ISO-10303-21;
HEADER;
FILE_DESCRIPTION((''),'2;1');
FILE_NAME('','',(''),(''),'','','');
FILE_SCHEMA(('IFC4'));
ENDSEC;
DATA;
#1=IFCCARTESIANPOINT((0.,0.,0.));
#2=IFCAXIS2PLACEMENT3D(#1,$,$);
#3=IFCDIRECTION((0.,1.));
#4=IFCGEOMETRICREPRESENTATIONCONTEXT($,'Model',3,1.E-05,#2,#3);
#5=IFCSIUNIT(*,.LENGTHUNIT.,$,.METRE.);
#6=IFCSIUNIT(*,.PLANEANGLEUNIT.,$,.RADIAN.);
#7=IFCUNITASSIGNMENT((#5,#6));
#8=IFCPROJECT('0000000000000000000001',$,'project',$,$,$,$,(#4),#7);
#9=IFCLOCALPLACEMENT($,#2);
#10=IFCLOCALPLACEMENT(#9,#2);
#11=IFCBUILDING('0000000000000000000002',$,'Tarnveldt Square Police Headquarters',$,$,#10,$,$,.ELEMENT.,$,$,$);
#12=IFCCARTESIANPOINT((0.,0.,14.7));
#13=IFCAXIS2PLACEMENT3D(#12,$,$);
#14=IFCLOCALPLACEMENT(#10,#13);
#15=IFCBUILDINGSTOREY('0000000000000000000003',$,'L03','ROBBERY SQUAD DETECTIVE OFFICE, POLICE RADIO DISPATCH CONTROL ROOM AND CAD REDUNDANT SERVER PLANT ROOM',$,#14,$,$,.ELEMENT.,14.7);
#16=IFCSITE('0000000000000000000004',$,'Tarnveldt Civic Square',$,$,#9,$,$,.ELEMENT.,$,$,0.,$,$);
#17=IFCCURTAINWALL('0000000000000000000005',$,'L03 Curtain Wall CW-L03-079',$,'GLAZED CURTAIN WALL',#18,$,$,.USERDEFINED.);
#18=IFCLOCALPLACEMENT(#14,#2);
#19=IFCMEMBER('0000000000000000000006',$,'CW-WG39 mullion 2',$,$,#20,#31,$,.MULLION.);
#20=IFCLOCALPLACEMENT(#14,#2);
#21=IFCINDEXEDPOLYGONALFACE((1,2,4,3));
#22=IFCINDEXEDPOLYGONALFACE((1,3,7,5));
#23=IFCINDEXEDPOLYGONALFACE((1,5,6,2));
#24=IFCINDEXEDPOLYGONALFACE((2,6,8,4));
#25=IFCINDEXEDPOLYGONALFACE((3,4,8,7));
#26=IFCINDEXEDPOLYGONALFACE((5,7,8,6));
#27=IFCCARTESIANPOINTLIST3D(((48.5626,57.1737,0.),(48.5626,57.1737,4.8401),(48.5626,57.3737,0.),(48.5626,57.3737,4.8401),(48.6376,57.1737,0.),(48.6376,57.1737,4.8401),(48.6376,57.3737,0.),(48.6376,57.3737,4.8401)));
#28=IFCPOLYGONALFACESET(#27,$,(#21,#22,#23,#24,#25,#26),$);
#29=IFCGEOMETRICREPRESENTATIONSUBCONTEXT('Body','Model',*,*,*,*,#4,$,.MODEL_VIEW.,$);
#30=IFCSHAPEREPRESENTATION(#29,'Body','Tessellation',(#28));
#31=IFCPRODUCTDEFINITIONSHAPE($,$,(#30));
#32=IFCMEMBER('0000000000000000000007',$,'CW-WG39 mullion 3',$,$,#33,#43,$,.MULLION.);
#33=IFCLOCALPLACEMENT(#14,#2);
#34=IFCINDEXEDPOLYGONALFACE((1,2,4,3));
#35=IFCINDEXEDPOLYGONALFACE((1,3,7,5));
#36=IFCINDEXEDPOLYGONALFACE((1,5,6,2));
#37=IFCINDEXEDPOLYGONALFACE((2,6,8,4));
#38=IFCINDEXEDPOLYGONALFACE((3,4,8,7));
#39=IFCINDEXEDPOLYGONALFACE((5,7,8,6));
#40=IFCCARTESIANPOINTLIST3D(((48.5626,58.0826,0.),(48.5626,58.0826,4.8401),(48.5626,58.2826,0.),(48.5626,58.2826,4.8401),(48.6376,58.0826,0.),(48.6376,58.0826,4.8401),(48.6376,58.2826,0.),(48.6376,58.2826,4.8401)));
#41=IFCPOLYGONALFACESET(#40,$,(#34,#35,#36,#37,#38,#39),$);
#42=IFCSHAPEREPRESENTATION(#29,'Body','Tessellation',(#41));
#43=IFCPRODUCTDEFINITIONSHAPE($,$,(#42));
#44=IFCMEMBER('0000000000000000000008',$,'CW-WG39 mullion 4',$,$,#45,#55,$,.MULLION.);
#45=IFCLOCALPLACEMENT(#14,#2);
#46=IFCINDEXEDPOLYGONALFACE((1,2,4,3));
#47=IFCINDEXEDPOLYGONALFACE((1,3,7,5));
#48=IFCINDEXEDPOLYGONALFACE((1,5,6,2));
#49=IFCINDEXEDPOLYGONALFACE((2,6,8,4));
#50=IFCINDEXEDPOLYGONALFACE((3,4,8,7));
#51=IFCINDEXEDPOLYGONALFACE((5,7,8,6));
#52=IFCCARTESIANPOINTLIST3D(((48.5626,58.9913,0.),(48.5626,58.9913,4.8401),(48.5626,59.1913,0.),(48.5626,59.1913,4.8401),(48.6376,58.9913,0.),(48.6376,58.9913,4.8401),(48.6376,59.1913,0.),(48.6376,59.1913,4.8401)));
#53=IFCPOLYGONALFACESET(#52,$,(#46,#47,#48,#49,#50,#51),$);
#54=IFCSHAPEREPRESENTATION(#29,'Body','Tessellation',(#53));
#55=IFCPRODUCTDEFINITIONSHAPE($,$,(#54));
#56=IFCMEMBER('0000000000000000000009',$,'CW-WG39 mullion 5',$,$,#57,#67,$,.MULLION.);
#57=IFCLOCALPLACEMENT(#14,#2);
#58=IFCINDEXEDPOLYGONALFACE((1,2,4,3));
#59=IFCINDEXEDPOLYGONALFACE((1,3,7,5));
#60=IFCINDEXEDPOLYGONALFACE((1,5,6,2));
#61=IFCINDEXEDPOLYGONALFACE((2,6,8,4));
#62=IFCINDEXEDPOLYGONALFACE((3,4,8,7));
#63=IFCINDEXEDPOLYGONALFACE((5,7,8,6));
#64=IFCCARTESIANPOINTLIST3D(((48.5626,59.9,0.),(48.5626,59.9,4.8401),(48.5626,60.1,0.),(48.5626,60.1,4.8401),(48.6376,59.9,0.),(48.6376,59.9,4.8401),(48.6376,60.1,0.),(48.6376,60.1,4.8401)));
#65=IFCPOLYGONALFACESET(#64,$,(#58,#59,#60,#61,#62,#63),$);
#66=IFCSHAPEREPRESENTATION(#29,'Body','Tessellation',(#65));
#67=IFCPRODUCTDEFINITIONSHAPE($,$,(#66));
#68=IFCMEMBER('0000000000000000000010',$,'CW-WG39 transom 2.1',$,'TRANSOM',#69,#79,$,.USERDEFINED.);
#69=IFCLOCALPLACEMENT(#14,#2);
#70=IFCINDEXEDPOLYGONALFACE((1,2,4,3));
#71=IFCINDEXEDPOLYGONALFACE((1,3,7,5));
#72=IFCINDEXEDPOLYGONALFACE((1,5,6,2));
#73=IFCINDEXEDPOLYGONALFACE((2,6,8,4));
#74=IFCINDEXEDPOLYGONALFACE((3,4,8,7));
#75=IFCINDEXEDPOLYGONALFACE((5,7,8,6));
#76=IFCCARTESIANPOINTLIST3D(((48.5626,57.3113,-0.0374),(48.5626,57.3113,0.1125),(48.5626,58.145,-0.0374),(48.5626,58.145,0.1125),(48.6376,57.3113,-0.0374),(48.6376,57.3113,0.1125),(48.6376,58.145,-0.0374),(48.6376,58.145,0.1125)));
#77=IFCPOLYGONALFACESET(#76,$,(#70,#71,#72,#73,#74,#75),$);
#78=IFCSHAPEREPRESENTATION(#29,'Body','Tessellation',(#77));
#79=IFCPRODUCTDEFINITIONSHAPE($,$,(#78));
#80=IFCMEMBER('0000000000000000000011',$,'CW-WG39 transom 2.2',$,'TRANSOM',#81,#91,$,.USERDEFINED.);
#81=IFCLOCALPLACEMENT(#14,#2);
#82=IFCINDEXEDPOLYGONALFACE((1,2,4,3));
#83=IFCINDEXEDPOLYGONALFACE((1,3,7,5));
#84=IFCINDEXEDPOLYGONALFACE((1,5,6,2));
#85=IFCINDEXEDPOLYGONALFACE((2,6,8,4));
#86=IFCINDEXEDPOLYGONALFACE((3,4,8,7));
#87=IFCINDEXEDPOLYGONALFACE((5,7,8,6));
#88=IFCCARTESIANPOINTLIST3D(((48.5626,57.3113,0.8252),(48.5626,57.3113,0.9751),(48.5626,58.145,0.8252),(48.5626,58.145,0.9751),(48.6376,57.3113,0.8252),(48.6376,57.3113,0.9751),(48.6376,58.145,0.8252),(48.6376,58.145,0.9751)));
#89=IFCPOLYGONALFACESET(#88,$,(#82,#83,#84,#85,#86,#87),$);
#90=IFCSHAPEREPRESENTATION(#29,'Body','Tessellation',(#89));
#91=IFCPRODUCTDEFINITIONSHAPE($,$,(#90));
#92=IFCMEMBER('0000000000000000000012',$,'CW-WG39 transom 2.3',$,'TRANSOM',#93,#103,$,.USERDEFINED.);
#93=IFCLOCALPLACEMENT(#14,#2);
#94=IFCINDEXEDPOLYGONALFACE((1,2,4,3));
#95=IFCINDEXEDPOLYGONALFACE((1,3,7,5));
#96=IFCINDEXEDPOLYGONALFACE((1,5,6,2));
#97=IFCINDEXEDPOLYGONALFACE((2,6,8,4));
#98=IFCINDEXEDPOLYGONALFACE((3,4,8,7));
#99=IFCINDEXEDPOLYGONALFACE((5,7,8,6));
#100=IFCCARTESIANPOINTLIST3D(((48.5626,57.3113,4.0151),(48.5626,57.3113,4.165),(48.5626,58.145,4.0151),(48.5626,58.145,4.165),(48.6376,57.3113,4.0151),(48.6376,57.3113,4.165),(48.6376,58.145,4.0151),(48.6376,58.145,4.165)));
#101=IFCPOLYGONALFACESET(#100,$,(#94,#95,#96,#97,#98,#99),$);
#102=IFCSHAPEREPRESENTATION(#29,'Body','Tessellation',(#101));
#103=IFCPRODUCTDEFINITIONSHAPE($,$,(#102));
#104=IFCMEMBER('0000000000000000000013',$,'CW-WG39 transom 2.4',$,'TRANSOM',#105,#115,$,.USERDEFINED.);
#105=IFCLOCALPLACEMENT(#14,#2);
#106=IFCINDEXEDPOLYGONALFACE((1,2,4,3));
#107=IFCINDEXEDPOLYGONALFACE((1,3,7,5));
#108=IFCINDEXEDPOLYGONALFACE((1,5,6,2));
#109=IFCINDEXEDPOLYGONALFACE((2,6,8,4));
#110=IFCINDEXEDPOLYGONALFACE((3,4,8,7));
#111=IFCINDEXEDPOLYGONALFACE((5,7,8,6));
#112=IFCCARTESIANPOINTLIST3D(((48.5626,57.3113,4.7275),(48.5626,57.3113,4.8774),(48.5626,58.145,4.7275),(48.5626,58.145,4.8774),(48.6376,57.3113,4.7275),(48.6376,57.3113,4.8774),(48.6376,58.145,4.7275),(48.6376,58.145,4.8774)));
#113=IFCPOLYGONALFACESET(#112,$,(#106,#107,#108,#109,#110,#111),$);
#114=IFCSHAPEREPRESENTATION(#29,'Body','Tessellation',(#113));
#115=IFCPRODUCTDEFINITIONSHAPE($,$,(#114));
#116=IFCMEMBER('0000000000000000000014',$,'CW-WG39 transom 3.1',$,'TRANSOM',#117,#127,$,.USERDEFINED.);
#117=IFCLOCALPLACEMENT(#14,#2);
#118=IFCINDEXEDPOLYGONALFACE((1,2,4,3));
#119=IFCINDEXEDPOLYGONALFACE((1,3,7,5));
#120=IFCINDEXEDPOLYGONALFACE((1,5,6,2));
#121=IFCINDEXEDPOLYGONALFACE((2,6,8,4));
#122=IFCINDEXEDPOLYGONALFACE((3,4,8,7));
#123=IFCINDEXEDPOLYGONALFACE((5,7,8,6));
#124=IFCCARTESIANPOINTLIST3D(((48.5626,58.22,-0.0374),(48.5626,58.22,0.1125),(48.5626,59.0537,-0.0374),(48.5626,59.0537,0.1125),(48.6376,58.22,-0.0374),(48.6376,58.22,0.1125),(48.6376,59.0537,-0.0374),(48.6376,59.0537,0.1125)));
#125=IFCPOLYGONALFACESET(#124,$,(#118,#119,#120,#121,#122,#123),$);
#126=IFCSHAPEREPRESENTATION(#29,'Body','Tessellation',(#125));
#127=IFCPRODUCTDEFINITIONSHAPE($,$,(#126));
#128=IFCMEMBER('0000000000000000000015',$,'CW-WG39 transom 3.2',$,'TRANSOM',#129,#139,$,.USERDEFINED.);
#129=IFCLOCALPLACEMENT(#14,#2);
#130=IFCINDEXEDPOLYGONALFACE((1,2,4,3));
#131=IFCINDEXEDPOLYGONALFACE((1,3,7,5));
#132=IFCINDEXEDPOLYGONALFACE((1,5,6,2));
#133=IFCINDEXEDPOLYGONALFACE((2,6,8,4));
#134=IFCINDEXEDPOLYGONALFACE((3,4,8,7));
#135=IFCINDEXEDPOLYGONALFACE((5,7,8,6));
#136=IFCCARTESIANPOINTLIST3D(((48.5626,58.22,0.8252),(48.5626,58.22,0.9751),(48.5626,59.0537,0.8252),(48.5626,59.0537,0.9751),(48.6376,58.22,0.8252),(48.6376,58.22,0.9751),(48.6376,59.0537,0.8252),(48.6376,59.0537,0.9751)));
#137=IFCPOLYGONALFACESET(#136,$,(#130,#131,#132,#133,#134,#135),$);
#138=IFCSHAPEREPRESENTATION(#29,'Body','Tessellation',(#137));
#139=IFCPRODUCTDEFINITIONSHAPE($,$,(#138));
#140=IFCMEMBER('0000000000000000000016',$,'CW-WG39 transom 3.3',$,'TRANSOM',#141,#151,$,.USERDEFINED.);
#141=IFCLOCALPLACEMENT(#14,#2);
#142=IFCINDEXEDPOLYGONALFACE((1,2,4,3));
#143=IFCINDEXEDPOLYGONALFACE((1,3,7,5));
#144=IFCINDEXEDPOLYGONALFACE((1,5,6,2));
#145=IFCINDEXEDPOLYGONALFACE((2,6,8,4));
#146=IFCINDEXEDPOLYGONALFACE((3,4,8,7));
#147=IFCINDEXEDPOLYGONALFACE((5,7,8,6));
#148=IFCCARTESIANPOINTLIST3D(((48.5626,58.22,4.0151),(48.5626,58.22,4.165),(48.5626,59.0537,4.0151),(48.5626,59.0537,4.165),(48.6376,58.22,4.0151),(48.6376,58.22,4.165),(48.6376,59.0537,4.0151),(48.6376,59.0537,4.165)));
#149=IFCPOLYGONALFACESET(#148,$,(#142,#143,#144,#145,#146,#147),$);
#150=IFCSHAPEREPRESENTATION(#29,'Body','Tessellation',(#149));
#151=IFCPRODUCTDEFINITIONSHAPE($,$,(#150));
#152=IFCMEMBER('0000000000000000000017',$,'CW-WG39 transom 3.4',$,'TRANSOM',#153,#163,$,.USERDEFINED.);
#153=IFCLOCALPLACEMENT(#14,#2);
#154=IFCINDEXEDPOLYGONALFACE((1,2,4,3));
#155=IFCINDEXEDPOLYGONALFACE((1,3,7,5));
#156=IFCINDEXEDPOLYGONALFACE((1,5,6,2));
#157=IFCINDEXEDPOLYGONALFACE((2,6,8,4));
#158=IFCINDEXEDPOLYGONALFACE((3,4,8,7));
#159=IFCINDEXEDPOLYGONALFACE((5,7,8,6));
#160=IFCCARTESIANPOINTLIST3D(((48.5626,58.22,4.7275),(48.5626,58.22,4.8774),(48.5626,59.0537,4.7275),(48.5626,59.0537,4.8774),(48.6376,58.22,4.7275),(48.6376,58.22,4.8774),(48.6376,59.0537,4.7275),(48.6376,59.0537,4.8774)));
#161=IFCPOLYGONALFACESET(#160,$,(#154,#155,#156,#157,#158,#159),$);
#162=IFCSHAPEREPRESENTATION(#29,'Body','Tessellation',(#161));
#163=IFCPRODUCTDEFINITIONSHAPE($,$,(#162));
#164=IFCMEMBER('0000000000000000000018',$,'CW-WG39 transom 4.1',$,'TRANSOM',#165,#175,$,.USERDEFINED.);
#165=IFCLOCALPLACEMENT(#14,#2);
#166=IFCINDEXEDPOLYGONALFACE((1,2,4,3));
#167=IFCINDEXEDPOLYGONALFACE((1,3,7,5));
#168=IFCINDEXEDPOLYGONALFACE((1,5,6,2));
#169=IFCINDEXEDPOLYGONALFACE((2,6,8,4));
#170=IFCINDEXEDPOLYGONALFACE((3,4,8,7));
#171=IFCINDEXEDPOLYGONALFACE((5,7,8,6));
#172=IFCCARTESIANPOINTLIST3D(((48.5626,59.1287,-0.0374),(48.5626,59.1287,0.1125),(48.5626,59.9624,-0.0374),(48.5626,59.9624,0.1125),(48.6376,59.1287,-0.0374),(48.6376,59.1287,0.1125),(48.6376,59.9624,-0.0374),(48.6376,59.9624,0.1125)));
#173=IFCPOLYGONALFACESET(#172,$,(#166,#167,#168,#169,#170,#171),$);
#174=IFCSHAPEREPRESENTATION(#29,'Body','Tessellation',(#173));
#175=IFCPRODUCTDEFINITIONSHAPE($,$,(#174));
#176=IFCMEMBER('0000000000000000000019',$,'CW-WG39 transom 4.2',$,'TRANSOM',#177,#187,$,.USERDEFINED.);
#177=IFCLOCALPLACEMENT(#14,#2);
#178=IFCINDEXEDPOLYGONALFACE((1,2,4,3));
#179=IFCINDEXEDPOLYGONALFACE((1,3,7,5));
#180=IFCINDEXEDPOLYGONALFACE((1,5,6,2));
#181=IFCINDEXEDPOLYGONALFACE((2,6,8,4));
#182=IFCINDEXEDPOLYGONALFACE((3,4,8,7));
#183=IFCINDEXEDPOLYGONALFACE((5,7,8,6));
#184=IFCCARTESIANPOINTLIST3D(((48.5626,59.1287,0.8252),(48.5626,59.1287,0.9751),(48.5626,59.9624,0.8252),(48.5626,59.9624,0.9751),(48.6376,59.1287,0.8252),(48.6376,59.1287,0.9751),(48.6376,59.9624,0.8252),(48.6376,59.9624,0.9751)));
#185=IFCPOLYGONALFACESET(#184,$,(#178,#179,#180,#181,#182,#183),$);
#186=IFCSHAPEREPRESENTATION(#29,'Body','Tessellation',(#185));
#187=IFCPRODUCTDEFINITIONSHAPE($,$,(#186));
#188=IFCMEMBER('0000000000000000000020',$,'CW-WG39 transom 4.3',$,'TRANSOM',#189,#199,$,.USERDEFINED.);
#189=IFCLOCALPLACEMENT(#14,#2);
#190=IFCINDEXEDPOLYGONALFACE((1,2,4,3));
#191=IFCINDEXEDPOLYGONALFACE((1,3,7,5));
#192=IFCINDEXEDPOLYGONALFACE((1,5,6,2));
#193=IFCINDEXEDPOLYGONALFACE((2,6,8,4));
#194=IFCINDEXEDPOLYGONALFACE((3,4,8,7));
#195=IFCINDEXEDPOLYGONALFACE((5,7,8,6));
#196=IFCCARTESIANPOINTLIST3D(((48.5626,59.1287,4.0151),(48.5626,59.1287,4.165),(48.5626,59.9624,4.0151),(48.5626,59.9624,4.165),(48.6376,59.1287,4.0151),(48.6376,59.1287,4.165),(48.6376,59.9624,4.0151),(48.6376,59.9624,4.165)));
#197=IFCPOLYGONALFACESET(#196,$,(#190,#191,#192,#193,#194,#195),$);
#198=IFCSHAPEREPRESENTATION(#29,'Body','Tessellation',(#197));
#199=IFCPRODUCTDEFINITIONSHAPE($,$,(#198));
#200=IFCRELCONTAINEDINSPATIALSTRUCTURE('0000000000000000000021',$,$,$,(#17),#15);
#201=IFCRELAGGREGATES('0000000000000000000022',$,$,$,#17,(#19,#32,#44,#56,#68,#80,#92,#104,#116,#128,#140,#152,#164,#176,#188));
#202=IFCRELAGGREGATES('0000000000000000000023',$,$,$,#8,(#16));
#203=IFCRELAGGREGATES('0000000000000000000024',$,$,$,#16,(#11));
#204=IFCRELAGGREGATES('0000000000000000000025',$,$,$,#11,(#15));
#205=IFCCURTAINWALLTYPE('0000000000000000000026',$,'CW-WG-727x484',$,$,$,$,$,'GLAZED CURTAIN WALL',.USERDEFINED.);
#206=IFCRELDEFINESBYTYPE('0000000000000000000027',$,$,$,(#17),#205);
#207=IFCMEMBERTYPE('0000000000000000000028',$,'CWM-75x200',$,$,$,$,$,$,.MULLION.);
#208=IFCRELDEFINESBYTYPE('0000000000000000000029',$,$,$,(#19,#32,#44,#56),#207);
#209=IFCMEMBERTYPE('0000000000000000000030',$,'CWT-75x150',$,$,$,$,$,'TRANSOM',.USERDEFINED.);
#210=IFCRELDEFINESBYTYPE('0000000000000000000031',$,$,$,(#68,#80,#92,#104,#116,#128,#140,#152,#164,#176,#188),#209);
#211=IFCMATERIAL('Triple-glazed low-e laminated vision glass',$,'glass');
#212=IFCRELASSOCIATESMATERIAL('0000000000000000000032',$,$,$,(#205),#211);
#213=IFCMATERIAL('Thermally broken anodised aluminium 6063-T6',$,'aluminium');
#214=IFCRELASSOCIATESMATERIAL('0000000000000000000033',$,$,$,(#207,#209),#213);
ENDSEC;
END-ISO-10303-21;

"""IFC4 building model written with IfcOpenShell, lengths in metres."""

from ifc_helpers import new_model, si_unit, direction, frame, origin, origin_2d, place, context, subcontext, project, spatial, rectangle, extrude, material, material_profile, profile_set, type_object, element, aggregate, save


model = new_model("IFC4")

# Units and contexts
model_context = context("Model", 3, precision=1e-05, world=origin(), true_north=direction((0.0, 1.0)))
body_context = subcontext(model_context, "Body", "Model", "MODEL_VIEW")
ifc_project = project(units=[si_unit("LENGTHUNIT", "METRE"), si_unit("PLANEANGLEUNIT", "RADIAN")], contexts=[model_context])

# Site, building, storey
site_placement = place(None, origin())
site = spatial("IfcSite", under=ifc_project, at=site_placement, Name="Tarnveldt Civic Square", CompositionType="ELEMENT", RefElevation=0.0)
building_placement = place(site_placement, origin())
building = spatial("IfcBuilding", under=site, at=building_placement, Name="Tarnveldt Square Police Headquarters", CompositionType="ELEMENT")
storey_placement = place(building_placement, frame((0.0, 0.0, 14.7)))
storey = spatial("IfcBuildingStorey", under=building, at=storey_placement, Name="L03", Description="ROBBERY SQUAD DETECTIVE OFFICE, POLICE RADIO DISPATCH CONTROL ROOM AND CAD REDUNDANT SERVER PLANT ROOM", CompositionType="ELEMENT", Elevation=14.7)

# Curtain wall, members
ifc_material_1 = material(Name="Triple-glazed low-e laminated vision glass", Category="glass")
curtain_wall_type = type_object("IfcCurtainWallType", Name="CW-WG-727x484", ElementType="GLAZED CURTAIN WALL", PredefinedType="USERDEFINED", material=ifc_material_1)
curtain_wall_placement = place(storey_placement, origin())
curtain_wall = element("IfcCurtainWall", 1, at=curtain_wall_placement, inside=storey, type_object=curtain_wall_type, Name="L03 Curtain Wall CW-L03-079", ObjectType="GLAZED CURTAIN WALL", PredefinedType="USERDEFINED")
ifc_material_2 = material(Name="Thermally broken anodised aluminium 6063-T6", Category="aluminium")
ifc_material_profile_1 = material_profile(ifc_material_2, rectangle(XDim=0.075, YDim=0.2, at=origin_2d()), Name="CW-M75x200")
ifc_profile_set_1 = profile_set([ifc_material_profile_1], Name="Thermally broken anodised aluminium 6063-T6")
member_type_1 = type_object("IfcMemberType", Name="CWM-75x200", PredefinedType="MULLION", material=ifc_profile_set_1)
member_1_placement = place(storey_placement, frame((48.6001, 57.2737, 0.0), z_axis=(0.0, 0.0, 1.0), x_axis=(-1.0, 0.0, 0.0)))
member_1 = element("IfcMember", 2, at=member_1_placement, type_object=member_type_1, Name="CW-WG39 mullion 2", PredefinedType="MULLION", context=body_context, shape_type="SweptSolid", body=[
    extrude(rectangle(XDim=0.075, YDim=0.2, at=origin_2d()), origin(), (0.0, 0.0, 1.0), 4.8401),
])
member_2_placement = place(storey_placement, frame((48.6001, 58.1826, 0.0), z_axis=(0.0, 0.0, 1.0), x_axis=(-1.0, 0.0, 0.0)))
member_2 = element("IfcMember", 3, at=member_2_placement, type_object=member_type_1, Name="CW-WG39 mullion 3", PredefinedType="MULLION", context=body_context, shape_type="SweptSolid", body=[
    extrude(rectangle(XDim=0.075, YDim=0.2, at=origin_2d()), origin(), (0.0, 0.0, 1.0), 4.8401),
])
member_3_placement = place(storey_placement, frame((48.6001, 59.0913, 0.0), z_axis=(0.0, 0.0, 1.0), x_axis=(-1.0, 0.0, 0.0)))
member_3 = element("IfcMember", 4, at=member_3_placement, type_object=member_type_1, Name="CW-WG39 mullion 4", PredefinedType="MULLION", context=body_context, shape_type="SweptSolid", body=[
    extrude(rectangle(XDim=0.075, YDim=0.2, at=origin_2d()), origin(), (0.0, 0.0, 1.0), 4.8401),
])
member_4_placement = place(storey_placement, frame((48.6001, 60.0, 0.0), z_axis=(0.0, 0.0, 1.0), x_axis=(-1.0, 0.0, 0.0)))
member_4 = element("IfcMember", 5, at=member_4_placement, type_object=member_type_1, Name="CW-WG39 mullion 5", PredefinedType="MULLION", context=body_context, shape_type="SweptSolid", body=[
    extrude(rectangle(XDim=0.075, YDim=0.2, at=origin_2d()), origin(), (0.0, 0.0, 1.0), 4.8401),
])
ifc_material_profile_2 = material_profile(ifc_material_2, rectangle(XDim=0.075, YDim=0.1499, at=origin_2d()), Name="CW-T75x150")
ifc_profile_set_2 = profile_set([ifc_material_profile_2], Name="Thermally broken anodised aluminium 6063-T6")
member_type_2 = type_object("IfcMemberType", Name="CWT-75x150", ElementType="TRANSOM", PredefinedType="USERDEFINED", material=ifc_profile_set_2)
member_5_placement = place(storey_placement, frame((48.6001, 57.3113, 0.0376), z_axis=(0.0, 1.0, 0.0), x_axis=(-1.0, 0.0, 0.0)))
member_5 = element("IfcMember", 6, at=member_5_placement, type_object=member_type_2, Name="CW-WG39 transom 2.1", ObjectType="TRANSOM", PredefinedType="USERDEFINED", context=body_context, shape_type="SweptSolid", body=[
    extrude(rectangle(XDim=0.075, YDim=0.1499, at=origin_2d()), origin(), (0.0, 0.0, 1.0), 0.8337),
])
member_6_placement = place(storey_placement, frame((48.6001, 57.3113, 0.9001), z_axis=(0.0, 1.0, 0.0), x_axis=(-1.0, 0.0, 0.0)))
member_6 = element("IfcMember", 7, at=member_6_placement, type_object=member_type_2, Name="CW-WG39 transom 2.2", ObjectType="TRANSOM", PredefinedType="USERDEFINED", context=body_context, shape_type="SweptSolid", body=[
    extrude(rectangle(XDim=0.075, YDim=0.1499, at=origin_2d()), origin(), (0.0, 0.0, 1.0), 0.8337),
])
member_7_placement = place(storey_placement, frame((48.6001, 57.3113, 4.0901), z_axis=(0.0, 1.0, 0.0), x_axis=(-1.0, 0.0, 0.0)))
member_7 = element("IfcMember", 8, at=member_7_placement, type_object=member_type_2, Name="CW-WG39 transom 2.3", ObjectType="TRANSOM", PredefinedType="USERDEFINED", context=body_context, shape_type="SweptSolid", body=[
    extrude(rectangle(XDim=0.075, YDim=0.1499, at=origin_2d()), origin(), (0.0, 0.0, 1.0), 0.8337),
])
member_8_placement = place(storey_placement, frame((48.6001, 57.3113, 4.8025), z_axis=(0.0, 1.0, 0.0), x_axis=(-1.0, 0.0, 0.0)))
member_8 = element("IfcMember", 9, at=member_8_placement, type_object=member_type_2, Name="CW-WG39 transom 2.4", ObjectType="TRANSOM", PredefinedType="USERDEFINED", context=body_context, shape_type="SweptSolid", body=[
    extrude(rectangle(XDim=0.075, YDim=0.1499, at=origin_2d()), origin(), (0.0, 0.0, 1.0), 0.8337),
])
member_9_placement = place(storey_placement, frame((48.6001, 58.22, 0.0376), z_axis=(0.0, 1.0, 0.0), x_axis=(-1.0, 0.0, 0.0)))
member_9 = element("IfcMember", 10, at=member_9_placement, type_object=member_type_2, Name="CW-WG39 transom 3.1", ObjectType="TRANSOM", PredefinedType="USERDEFINED", context=body_context, shape_type="SweptSolid", body=[
    extrude(rectangle(XDim=0.075, YDim=0.1499, at=origin_2d()), origin(), (0.0, 0.0, 1.0), 0.8337),
])
member_10_placement = place(storey_placement, frame((48.6001, 58.22, 0.9001), z_axis=(0.0, 1.0, 0.0), x_axis=(-1.0, 0.0, 0.0)))
member_10 = element("IfcMember", 11, at=member_10_placement, type_object=member_type_2, Name="CW-WG39 transom 3.2", ObjectType="TRANSOM", PredefinedType="USERDEFINED", context=body_context, shape_type="SweptSolid", body=[
    extrude(rectangle(XDim=0.075, YDim=0.1499, at=origin_2d()), origin(), (0.0, 0.0, 1.0), 0.8337),
])
member_11_placement = place(storey_placement, frame((48.6001, 58.22, 4.0901), z_axis=(0.0, 1.0, 0.0), x_axis=(-1.0, 0.0, 0.0)))
member_11 = element("IfcMember", 12, at=member_11_placement, type_object=member_type_2, Name="CW-WG39 transom 3.3", ObjectType="TRANSOM", PredefinedType="USERDEFINED", context=body_context, shape_type="SweptSolid", body=[
    extrude(rectangle(XDim=0.075, YDim=0.1499, at=origin_2d()), origin(), (0.0, 0.0, 1.0), 0.8337),
])
member_12_placement = place(storey_placement, frame((48.6001, 58.22, 4.8025), z_axis=(0.0, 1.0, 0.0), x_axis=(-1.0, 0.0, 0.0)))
member_12 = element("IfcMember", 13, at=member_12_placement, type_object=member_type_2, Name="CW-WG39 transom 3.4", ObjectType="TRANSOM", PredefinedType="USERDEFINED", context=body_context, shape_type="SweptSolid", body=[
    extrude(rectangle(XDim=0.075, YDim=0.1499, at=origin_2d()), origin(), (0.0, 0.0, 1.0), 0.8337),
])
member_13_placement = place(storey_placement, frame((48.6001, 59.1287, 0.0376), z_axis=(0.0, 1.0, 0.0), x_axis=(-1.0, 0.0, 0.0)))
member_13 = element("IfcMember", 14, at=member_13_placement, type_object=member_type_2, Name="CW-WG39 transom 4.1", ObjectType="TRANSOM", PredefinedType="USERDEFINED", context=body_context, shape_type="SweptSolid", body=[
    extrude(rectangle(XDim=0.075, YDim=0.1499, at=origin_2d()), origin(), (0.0, 0.0, 1.0), 0.8337),
])
member_14_placement = place(storey_placement, frame((48.6001, 59.1287, 0.9001), z_axis=(0.0, 1.0, 0.0), x_axis=(-1.0, 0.0, 0.0)))
member_14 = element("IfcMember", 15, at=member_14_placement, type_object=member_type_2, Name="CW-WG39 transom 4.2", ObjectType="TRANSOM", PredefinedType="USERDEFINED", context=body_context, shape_type="SweptSolid", body=[
    extrude(rectangle(XDim=0.075, YDim=0.1499, at=origin_2d()), origin(), (0.0, 0.0, 1.0), 0.8337),
])
member_15_placement = place(storey_placement, frame((48.6001, 59.1287, 4.0901), z_axis=(0.0, 1.0, 0.0), x_axis=(-1.0, 0.0, 0.0)))
member_15 = element("IfcMember", 16, at=member_15_placement, type_object=member_type_2, Name="CW-WG39 transom 4.3", ObjectType="TRANSOM", PredefinedType="USERDEFINED", context=body_context, shape_type="SweptSolid", body=[
    extrude(rectangle(XDim=0.075, YDim=0.1499, at=origin_2d()), origin(), (0.0, 0.0, 1.0), 0.8337),
])
aggregate(curtain_wall, [member_1, member_2, member_3, member_4, member_5, member_6, member_7, member_8, member_9, member_10, member_11, member_12, member_13, member_14, member_15])

save(model, "model.ifc")
